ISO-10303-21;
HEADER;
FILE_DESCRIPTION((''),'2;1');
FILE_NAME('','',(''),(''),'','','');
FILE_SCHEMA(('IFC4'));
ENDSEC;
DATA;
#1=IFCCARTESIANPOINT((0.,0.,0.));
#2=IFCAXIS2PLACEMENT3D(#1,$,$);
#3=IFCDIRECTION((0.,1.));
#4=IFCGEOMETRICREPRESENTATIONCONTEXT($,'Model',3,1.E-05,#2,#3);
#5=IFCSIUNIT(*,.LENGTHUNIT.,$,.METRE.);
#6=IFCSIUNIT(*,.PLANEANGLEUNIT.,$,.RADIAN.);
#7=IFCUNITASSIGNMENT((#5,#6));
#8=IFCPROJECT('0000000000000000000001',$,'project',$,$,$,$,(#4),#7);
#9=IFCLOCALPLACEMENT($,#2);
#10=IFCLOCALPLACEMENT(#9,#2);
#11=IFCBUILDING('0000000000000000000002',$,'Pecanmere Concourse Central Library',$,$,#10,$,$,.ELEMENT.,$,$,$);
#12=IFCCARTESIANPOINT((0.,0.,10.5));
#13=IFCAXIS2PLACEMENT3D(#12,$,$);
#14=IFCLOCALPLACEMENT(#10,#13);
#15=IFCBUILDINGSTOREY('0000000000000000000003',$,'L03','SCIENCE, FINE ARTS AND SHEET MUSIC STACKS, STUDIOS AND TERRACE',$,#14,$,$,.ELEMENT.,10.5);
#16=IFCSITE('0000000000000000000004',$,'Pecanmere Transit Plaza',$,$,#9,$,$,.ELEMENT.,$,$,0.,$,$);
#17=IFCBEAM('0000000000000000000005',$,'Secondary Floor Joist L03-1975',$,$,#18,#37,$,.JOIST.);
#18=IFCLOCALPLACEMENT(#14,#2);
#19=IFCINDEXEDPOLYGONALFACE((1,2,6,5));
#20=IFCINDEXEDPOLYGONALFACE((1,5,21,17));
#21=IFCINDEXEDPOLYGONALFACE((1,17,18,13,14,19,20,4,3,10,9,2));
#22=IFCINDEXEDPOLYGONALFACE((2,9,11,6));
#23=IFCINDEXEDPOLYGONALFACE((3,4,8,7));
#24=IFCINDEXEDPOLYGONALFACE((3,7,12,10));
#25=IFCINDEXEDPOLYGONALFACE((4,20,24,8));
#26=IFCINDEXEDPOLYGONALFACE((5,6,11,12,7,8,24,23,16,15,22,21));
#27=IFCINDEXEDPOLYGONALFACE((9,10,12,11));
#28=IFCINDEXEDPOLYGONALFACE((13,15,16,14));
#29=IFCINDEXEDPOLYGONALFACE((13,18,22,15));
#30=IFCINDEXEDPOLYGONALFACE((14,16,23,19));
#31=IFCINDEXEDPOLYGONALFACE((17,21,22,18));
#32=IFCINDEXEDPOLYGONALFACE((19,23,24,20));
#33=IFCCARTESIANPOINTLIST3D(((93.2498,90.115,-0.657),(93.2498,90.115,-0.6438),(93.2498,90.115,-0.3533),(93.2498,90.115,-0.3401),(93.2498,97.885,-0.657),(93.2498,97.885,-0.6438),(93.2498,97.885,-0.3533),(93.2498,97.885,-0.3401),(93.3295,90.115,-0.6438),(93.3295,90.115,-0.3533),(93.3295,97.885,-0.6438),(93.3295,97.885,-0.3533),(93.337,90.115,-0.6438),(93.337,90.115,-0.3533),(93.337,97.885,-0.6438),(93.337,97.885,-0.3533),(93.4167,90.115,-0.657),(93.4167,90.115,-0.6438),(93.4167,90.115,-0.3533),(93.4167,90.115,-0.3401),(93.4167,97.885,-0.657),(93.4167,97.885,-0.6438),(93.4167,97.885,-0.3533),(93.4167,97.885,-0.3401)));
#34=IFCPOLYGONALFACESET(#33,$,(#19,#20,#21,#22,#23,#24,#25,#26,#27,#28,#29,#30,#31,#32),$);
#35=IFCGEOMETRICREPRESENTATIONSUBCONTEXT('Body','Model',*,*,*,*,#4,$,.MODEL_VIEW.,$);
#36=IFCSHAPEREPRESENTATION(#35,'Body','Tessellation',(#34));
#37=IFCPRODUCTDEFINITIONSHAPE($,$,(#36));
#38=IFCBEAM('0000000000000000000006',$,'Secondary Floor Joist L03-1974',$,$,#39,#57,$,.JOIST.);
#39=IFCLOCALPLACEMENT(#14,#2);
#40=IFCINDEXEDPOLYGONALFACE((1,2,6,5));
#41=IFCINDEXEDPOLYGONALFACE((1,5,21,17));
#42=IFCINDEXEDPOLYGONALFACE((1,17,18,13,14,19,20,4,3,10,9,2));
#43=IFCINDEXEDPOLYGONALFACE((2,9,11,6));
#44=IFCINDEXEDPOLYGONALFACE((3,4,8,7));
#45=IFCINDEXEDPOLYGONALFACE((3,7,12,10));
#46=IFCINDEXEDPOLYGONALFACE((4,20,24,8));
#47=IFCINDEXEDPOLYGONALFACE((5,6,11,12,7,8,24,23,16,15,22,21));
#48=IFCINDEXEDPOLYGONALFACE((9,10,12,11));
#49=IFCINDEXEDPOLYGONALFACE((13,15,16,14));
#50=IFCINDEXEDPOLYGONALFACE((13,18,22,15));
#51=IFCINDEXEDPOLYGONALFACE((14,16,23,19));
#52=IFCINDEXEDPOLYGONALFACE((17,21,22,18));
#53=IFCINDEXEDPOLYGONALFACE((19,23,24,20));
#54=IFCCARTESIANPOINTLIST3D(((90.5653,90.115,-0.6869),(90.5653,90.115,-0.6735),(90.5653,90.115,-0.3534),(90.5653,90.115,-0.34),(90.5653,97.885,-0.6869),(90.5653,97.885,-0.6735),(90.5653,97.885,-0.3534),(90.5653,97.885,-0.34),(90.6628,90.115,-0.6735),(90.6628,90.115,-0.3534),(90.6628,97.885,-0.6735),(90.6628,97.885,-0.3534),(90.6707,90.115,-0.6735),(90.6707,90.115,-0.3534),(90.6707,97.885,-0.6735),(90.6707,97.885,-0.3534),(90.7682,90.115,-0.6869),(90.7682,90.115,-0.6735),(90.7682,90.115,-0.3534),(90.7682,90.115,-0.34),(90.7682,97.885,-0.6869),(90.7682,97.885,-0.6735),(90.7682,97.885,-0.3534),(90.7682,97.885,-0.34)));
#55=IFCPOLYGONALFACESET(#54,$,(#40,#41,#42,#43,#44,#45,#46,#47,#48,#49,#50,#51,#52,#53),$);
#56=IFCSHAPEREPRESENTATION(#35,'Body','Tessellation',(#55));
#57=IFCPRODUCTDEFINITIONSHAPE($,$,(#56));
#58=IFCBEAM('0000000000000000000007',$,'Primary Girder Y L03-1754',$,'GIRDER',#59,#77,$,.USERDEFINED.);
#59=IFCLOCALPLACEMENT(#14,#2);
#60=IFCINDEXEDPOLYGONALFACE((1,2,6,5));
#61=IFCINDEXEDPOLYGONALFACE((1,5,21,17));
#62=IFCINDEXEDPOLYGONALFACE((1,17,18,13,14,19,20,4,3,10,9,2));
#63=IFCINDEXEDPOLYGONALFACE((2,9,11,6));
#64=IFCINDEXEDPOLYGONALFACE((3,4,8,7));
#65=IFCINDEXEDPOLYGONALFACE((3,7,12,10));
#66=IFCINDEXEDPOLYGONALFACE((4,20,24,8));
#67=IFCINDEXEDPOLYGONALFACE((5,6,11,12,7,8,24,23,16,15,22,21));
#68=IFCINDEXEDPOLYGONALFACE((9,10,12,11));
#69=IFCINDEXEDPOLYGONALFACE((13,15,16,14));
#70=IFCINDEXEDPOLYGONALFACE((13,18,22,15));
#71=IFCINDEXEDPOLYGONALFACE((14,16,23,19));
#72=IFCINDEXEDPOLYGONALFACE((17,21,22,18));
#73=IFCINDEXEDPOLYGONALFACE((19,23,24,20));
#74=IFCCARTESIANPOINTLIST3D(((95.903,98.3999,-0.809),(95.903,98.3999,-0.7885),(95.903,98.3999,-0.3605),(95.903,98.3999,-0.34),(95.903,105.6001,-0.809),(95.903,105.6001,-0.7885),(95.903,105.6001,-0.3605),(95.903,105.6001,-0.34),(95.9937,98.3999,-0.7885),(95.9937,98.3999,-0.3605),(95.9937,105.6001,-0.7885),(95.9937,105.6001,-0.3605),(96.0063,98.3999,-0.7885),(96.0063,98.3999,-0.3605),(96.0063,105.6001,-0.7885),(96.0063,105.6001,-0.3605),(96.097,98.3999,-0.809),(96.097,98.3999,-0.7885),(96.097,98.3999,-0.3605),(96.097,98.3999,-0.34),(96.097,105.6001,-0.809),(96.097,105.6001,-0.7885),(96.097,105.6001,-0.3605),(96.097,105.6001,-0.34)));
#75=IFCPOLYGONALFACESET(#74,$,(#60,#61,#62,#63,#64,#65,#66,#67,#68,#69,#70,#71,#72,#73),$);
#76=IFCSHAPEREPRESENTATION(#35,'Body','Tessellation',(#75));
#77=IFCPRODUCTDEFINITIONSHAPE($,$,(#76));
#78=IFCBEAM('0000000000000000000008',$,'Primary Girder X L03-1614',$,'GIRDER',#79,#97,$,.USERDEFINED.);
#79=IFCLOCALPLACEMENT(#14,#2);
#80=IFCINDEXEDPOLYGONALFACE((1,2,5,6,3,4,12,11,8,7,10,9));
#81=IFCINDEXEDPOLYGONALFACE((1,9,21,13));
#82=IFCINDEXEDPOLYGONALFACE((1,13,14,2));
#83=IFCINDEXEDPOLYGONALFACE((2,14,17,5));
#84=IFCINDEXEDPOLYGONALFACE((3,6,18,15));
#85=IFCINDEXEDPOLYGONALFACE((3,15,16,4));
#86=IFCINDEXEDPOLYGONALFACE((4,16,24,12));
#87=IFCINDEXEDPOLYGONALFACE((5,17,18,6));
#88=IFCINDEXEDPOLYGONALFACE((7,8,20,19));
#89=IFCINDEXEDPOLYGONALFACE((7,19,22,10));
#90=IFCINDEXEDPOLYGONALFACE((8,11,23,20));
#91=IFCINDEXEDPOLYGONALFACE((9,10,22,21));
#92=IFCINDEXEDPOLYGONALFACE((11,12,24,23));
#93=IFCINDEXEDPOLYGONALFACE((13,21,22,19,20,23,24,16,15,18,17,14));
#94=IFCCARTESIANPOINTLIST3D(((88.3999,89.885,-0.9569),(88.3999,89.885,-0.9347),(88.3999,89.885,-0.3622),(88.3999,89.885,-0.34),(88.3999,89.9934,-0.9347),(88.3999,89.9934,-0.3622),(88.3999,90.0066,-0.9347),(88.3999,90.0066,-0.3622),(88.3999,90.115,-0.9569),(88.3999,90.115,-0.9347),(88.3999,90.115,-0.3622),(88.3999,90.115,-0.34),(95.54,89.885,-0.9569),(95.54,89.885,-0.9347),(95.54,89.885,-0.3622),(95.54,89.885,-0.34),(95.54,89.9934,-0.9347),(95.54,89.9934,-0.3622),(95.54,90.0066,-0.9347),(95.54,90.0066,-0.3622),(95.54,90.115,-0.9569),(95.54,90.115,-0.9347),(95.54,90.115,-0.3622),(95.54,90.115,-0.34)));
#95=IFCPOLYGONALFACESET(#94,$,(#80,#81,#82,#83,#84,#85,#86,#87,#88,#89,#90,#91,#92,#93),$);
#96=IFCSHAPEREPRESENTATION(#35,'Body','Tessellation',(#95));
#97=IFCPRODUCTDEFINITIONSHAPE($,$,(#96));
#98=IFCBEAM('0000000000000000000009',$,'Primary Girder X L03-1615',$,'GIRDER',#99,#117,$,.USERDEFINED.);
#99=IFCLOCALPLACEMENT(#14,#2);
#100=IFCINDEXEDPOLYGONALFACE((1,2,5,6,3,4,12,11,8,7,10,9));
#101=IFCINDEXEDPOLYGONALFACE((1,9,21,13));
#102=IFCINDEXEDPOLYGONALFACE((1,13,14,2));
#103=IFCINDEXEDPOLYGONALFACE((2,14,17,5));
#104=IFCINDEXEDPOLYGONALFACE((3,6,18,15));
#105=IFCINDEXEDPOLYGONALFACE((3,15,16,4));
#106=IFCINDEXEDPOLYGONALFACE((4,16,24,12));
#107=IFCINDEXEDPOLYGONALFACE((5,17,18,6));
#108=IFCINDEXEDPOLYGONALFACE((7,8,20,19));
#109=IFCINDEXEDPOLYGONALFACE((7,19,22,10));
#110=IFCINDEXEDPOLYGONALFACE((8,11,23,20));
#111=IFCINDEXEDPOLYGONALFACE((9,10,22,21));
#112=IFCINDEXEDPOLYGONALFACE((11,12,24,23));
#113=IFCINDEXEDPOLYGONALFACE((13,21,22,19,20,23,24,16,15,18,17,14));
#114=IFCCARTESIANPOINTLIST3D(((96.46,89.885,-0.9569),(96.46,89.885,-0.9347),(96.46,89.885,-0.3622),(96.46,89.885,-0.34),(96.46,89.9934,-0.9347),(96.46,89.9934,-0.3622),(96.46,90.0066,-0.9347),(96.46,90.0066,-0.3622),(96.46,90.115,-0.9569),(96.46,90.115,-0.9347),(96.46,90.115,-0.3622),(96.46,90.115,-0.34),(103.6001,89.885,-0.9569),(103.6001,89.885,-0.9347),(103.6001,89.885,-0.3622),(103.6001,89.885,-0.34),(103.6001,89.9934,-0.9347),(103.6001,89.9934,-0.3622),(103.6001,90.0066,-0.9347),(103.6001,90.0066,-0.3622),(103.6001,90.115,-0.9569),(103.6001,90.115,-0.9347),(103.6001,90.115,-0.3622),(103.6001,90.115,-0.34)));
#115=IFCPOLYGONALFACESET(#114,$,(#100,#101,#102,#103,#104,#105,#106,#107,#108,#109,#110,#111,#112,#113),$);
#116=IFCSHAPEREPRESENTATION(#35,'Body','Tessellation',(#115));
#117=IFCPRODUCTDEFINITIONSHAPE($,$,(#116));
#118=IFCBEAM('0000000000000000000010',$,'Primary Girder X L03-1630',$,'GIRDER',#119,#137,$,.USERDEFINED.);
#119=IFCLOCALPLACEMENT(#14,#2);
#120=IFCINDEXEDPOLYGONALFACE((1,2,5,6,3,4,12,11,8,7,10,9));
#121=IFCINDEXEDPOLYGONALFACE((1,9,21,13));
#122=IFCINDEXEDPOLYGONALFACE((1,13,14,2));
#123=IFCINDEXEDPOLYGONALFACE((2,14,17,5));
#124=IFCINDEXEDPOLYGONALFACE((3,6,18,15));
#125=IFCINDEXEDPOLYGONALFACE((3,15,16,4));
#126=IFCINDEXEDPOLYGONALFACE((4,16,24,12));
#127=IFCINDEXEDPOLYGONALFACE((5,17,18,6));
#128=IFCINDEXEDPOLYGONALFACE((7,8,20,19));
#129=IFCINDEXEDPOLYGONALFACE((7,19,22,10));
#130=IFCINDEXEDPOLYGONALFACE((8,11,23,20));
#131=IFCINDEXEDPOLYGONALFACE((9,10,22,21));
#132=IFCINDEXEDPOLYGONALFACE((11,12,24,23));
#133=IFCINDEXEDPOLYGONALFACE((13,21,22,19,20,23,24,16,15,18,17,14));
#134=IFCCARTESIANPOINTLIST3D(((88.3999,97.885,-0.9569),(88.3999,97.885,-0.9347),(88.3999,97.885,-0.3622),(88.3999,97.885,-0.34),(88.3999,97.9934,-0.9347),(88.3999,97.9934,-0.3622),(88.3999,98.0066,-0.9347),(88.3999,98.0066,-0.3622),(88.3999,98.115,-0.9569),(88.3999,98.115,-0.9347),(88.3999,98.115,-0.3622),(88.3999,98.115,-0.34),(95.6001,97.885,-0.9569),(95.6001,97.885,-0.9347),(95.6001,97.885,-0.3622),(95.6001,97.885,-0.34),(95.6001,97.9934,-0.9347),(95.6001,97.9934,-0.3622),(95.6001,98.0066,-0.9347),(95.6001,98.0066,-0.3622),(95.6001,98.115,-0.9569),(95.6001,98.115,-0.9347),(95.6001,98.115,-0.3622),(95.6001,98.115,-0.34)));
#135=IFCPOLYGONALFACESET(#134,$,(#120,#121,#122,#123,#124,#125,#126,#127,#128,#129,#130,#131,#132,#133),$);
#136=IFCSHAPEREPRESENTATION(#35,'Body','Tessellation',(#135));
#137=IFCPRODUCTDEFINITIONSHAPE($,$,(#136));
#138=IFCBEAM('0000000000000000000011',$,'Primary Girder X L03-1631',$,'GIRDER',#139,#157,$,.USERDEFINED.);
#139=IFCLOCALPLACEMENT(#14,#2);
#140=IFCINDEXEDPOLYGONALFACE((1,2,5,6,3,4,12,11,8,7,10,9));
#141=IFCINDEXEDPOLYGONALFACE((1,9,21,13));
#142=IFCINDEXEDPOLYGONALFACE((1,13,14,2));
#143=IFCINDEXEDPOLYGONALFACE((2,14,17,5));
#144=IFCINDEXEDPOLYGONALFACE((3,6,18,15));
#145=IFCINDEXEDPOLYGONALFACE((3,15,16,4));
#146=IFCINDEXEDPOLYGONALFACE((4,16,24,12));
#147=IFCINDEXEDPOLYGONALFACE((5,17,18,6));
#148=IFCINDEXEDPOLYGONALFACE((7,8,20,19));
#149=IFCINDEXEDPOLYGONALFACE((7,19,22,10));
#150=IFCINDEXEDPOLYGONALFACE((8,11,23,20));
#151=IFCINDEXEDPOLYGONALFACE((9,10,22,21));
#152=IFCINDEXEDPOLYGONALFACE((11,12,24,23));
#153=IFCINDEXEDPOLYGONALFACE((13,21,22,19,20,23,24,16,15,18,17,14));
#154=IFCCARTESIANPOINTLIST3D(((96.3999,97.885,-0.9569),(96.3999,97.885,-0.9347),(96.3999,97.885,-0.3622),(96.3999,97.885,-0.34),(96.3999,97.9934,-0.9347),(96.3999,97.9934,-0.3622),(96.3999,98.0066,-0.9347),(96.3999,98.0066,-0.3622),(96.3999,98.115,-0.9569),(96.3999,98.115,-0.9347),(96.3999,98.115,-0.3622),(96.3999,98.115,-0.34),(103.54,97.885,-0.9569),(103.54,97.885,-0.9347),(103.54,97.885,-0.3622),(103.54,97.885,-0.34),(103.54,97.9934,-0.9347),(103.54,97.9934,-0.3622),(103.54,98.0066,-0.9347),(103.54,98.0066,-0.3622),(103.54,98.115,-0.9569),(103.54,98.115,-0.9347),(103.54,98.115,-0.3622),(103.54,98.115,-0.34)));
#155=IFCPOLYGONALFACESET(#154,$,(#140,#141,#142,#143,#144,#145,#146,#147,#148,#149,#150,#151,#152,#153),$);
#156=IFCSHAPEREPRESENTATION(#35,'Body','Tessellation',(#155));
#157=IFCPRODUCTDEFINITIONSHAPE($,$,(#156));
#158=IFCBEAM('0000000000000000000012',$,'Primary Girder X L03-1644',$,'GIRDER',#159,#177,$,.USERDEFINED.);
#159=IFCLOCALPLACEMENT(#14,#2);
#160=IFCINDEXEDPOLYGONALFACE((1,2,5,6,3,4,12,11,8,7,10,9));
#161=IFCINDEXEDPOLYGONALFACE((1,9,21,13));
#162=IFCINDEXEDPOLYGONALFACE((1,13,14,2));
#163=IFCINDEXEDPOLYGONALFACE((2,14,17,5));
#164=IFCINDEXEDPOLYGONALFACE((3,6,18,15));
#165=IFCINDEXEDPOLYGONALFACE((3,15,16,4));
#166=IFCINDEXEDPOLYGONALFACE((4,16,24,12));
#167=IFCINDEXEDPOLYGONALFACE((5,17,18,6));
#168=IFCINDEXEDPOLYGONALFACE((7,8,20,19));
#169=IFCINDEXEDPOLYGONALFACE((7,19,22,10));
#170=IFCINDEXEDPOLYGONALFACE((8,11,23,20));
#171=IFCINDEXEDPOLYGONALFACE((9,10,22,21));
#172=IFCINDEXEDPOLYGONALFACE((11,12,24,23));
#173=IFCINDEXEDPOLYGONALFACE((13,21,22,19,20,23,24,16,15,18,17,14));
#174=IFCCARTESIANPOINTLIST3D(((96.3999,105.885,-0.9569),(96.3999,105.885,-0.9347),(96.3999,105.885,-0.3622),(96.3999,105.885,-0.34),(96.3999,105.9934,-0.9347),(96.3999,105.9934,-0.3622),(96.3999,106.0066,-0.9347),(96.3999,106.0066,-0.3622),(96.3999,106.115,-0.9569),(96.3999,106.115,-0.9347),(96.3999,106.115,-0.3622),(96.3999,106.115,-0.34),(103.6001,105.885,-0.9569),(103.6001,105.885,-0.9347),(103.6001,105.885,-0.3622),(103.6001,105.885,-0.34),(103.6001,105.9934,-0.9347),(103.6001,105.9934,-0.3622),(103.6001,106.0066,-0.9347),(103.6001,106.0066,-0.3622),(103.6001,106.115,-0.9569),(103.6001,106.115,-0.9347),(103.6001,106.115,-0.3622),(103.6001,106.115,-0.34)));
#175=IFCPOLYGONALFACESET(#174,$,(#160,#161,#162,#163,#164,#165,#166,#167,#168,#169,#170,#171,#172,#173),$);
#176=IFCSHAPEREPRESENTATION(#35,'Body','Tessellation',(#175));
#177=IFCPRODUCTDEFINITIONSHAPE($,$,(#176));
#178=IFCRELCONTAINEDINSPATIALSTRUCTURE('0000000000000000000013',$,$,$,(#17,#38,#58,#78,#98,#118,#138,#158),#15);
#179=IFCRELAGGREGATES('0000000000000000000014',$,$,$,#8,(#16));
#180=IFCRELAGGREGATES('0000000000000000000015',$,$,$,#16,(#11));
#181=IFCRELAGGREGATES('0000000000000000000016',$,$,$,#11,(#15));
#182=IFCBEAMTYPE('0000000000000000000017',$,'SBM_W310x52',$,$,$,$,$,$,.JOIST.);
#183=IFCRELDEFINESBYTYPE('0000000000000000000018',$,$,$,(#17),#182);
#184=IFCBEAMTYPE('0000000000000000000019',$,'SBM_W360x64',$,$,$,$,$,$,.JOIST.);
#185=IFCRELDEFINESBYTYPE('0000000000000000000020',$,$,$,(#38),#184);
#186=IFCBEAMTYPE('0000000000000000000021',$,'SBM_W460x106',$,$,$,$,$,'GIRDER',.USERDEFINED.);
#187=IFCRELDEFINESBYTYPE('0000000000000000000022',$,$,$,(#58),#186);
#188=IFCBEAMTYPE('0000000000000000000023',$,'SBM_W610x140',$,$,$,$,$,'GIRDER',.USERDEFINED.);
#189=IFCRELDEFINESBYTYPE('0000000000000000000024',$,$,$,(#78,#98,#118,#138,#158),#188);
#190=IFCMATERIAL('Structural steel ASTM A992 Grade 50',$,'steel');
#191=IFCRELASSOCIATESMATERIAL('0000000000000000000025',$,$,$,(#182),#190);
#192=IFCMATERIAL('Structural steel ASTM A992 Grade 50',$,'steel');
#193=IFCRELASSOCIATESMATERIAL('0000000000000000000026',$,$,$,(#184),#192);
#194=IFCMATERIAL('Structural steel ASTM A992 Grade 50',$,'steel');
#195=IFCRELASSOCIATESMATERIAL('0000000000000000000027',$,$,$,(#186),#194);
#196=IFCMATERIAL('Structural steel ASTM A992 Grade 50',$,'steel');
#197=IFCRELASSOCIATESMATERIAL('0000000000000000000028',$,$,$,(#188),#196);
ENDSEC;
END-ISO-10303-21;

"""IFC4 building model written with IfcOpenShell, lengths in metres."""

from ifc_helpers import new_model, si_unit, direction, frame, origin, origin_2d, place, context, subcontext, project, spatial, i_section, extrude, material, material_profile, profile_set, type_object, element, save


model = new_model("IFC4")

# Units and contexts
model_context = context("Model", 3, precision=1e-05, world=origin(), true_north=direction((0.0, 1.0)))
body_context = subcontext(model_context, "Body", "Model", "MODEL_VIEW")
ifc_project = project(units=[si_unit("LENGTHUNIT", "METRE"), si_unit("PLANEANGLEUNIT", "RADIAN")], contexts=[model_context])

# Site, building, storey
site_placement = place(None, origin())
site = spatial("IfcSite", under=ifc_project, at=site_placement, Name="Pecanmere Transit Plaza", CompositionType="ELEMENT", RefElevation=0.0)
building_placement = place(site_placement, origin())
building = spatial("IfcBuilding", under=site, at=building_placement, Name="Pecanmere Concourse Central Library", CompositionType="ELEMENT")
storey_placement = place(building_placement, frame((0.0, 0.0, 10.5)))
storey = spatial("IfcBuildingStorey", under=building, at=storey_placement, Name="L03", Description="SCIENCE, FINE ARTS AND SHEET MUSIC STACKS, STUDIOS AND TERRACE", CompositionType="ELEMENT", Elevation=10.5)

# Beams
ifc_material_1 = material(Name="Structural steel ASTM A992 Grade 50", Category="steel")
ifc_material_profile_1 = material_profile(ifc_material_1, i_section(OverallWidth=0.167, OverallDepth=0.3169, WebThickness=0.0076, FlangeThickness=0.0132, at=origin_2d()), Name="W310x52")
ifc_profile_set_1 = profile_set([ifc_material_profile_1], Name="Structural steel ASTM A992 Grade 50")
beam_type_1 = type_object("IfcBeamType", Name="SBM_W310x52", PredefinedType="JOIST", material=ifc_profile_set_1)
beam_1_placement = place(storey_placement, frame((93.3333, 90.115, -0.4985), z_axis=(0.0, 1.0, 0.0), x_axis=(-1.0, 0.0, 0.0)))
element("IfcBeam", 1, at=beam_1_placement, inside=storey, type_object=beam_type_1, Name="Secondary Floor Joist L03-1975", PredefinedType="JOIST", context=body_context, shape_type="SweptSolid", body=[
    extrude(i_section(OverallWidth=0.167, OverallDepth=0.3169, WebThickness=0.0076, FlangeThickness=0.0132, at=origin_2d()), origin(), (0.0, 0.0, 1.0), 7.77),
])
ifc_material_2 = material(Name="Structural steel ASTM A992 Grade 50", Category="steel")
ifc_material_profile_2 = material_profile(ifc_material_2, i_section(OverallWidth=0.2029, OverallDepth=0.3469, WebThickness=0.0078, FlangeThickness=0.0134, at=origin_2d()), Name="W360x64")
ifc_profile_set_2 = profile_set([ifc_material_profile_2], Name="Structural steel ASTM A992 Grade 50")
beam_type_2 = type_object("IfcBeamType", Name="SBM_W360x64", PredefinedType="JOIST", material=ifc_profile_set_2)
beam_2_placement = place(storey_placement, frame((90.6667, 90.115, -0.5134), z_axis=(0.0, 1.0, 0.0), x_axis=(-1.0, 0.0, 0.0)))
element("IfcBeam", 2, at=beam_2_placement, inside=storey, type_object=beam_type_2, Name="Secondary Floor Joist L03-1974", PredefinedType="JOIST", context=body_context, shape_type="SweptSolid", body=[
    extrude(i_section(OverallWidth=0.2029, OverallDepth=0.3469, WebThickness=0.0078, FlangeThickness=0.0134, at=origin_2d()), origin(), (0.0, 0.0, 1.0), 7.77),
])
ifc_material_3 = material(Name="Structural steel ASTM A992 Grade 50", Category="steel")
ifc_material_profile_3 = material_profile(ifc_material_3, i_section(OverallWidth=0.1941, OverallDepth=0.469, WebThickness=0.0127, FlangeThickness=0.0205, at=origin_2d()), Name="W460x106")
ifc_profile_set_3 = profile_set([ifc_material_profile_3], Name="Structural steel ASTM A992 Grade 50")
beam_type_3 = type_object("IfcBeamType", Name="SBM_W460x106", ElementType="GIRDER", PredefinedType="USERDEFINED", material=ifc_profile_set_3)
beam_3_placement = place(storey_placement, frame((96.0, 98.3999, -0.5745), z_axis=(0.0, 1.0, 0.0), x_axis=(-1.0, 0.0, 0.0)))
element("IfcBeam", 3, at=beam_3_placement, inside=storey, type_object=beam_type_3, Name="Primary Girder Y L03-1754", ObjectType="GIRDER", PredefinedType="USERDEFINED", context=body_context, shape_type="SweptSolid", body=[
    extrude(i_section(OverallWidth=0.1941, OverallDepth=0.469, WebThickness=0.0127, FlangeThickness=0.0205, at=origin_2d()), origin(), (0.0, 0.0, 1.0), 7.2002),
])
ifc_material_4 = material(Name="Structural steel ASTM A992 Grade 50", Category="steel")
ifc_material_profile_4 = material_profile(ifc_material_4, i_section(OverallWidth=0.23, OverallDepth=0.6169, WebThickness=0.0132, FlangeThickness=0.0222, at=origin_2d()), Name="W610x140")
ifc_profile_set_4 = profile_set([ifc_material_profile_4], Name="Structural steel ASTM A992 Grade 50")
beam_type_4 = type_object("IfcBeamType", Name="SBM_W610x140", ElementType="GIRDER", PredefinedType="USERDEFINED", material=ifc_profile_set_4)
for number, where, z_axis, x_axis, name in (
    (4, (88.3999, 90.0, -0.6484), (1.0, 0.0, 0.0), (0.0, 1.0, 0.0), "Primary Girder X L03-1614"),
    (5, (96.46, 90.0, -0.6484), (1.0, 0.0, 0.0), (0.0, 1.0, 0.0), "Primary Girder X L03-1615"),
):
    element("IfcBeam", number, at=place(storey_placement, frame(where, z_axis=z_axis, x_axis=x_axis)), inside=storey, type_object=beam_type_4, Name=name, ObjectType="GIRDER", PredefinedType="USERDEFINED", context=body_context, shape_type="SweptSolid", body=[
        extrude(i_section(OverallWidth=0.23, OverallDepth=0.6169, WebThickness=0.0132, FlangeThickness=0.0222, at=origin_2d()), origin(), (0.0, 0.0, 1.0), 7.1401),
    ])
beam_4_placement = place(storey_placement, frame((88.3999, 98.0, -0.6484), z_axis=(1.0, 0.0, 0.0), x_axis=(0.0, 1.0, 0.0)))
element("IfcBeam", 6, at=beam_4_placement, inside=storey, type_object=beam_type_4, Name="Primary Girder X L03-1630", ObjectType="GIRDER", PredefinedType="USERDEFINED", context=body_context, shape_type="SweptSolid", body=[
    extrude(i_section(OverallWidth=0.23, OverallDepth=0.6169, WebThickness=0.0132, FlangeThickness=0.0222, at=origin_2d()), origin(), (0.0, 0.0, 1.0), 7.2002),
])
beam_5_placement = place(storey_placement, frame((96.3999, 98.0, -0.6484), z_axis=(1.0, 0.0, 0.0), x_axis=(0.0, 1.0, 0.0)))
element("IfcBeam", 7, at=beam_5_placement, inside=storey, type_object=beam_type_4, Name="Primary Girder X L03-1631", ObjectType="GIRDER", PredefinedType="USERDEFINED", context=body_context, shape_type="SweptSolid", body=[
    extrude(i_section(OverallWidth=0.23, OverallDepth=0.6169, WebThickness=0.0132, FlangeThickness=0.0222, at=origin_2d()), origin(), (0.0, 0.0, 1.0), 7.1401),
])
beam_6_placement = place(storey_placement, frame((96.3999, 106.0, -0.6484), z_axis=(1.0, 0.0, 0.0), x_axis=(0.0, 1.0, 0.0)))
element("IfcBeam", 8, at=beam_6_placement, inside=storey, type_object=beam_type_4, Name="Primary Girder X L03-1644", ObjectType="GIRDER", PredefinedType="USERDEFINED", context=body_context, shape_type="SweptSolid", body=[
    extrude(i_section(OverallWidth=0.23, OverallDepth=0.6169, WebThickness=0.0132, FlangeThickness=0.0222, at=origin_2d()), origin(), (0.0, 0.0, 1.0), 7.2002),
])

save(model, "model.ifc")
